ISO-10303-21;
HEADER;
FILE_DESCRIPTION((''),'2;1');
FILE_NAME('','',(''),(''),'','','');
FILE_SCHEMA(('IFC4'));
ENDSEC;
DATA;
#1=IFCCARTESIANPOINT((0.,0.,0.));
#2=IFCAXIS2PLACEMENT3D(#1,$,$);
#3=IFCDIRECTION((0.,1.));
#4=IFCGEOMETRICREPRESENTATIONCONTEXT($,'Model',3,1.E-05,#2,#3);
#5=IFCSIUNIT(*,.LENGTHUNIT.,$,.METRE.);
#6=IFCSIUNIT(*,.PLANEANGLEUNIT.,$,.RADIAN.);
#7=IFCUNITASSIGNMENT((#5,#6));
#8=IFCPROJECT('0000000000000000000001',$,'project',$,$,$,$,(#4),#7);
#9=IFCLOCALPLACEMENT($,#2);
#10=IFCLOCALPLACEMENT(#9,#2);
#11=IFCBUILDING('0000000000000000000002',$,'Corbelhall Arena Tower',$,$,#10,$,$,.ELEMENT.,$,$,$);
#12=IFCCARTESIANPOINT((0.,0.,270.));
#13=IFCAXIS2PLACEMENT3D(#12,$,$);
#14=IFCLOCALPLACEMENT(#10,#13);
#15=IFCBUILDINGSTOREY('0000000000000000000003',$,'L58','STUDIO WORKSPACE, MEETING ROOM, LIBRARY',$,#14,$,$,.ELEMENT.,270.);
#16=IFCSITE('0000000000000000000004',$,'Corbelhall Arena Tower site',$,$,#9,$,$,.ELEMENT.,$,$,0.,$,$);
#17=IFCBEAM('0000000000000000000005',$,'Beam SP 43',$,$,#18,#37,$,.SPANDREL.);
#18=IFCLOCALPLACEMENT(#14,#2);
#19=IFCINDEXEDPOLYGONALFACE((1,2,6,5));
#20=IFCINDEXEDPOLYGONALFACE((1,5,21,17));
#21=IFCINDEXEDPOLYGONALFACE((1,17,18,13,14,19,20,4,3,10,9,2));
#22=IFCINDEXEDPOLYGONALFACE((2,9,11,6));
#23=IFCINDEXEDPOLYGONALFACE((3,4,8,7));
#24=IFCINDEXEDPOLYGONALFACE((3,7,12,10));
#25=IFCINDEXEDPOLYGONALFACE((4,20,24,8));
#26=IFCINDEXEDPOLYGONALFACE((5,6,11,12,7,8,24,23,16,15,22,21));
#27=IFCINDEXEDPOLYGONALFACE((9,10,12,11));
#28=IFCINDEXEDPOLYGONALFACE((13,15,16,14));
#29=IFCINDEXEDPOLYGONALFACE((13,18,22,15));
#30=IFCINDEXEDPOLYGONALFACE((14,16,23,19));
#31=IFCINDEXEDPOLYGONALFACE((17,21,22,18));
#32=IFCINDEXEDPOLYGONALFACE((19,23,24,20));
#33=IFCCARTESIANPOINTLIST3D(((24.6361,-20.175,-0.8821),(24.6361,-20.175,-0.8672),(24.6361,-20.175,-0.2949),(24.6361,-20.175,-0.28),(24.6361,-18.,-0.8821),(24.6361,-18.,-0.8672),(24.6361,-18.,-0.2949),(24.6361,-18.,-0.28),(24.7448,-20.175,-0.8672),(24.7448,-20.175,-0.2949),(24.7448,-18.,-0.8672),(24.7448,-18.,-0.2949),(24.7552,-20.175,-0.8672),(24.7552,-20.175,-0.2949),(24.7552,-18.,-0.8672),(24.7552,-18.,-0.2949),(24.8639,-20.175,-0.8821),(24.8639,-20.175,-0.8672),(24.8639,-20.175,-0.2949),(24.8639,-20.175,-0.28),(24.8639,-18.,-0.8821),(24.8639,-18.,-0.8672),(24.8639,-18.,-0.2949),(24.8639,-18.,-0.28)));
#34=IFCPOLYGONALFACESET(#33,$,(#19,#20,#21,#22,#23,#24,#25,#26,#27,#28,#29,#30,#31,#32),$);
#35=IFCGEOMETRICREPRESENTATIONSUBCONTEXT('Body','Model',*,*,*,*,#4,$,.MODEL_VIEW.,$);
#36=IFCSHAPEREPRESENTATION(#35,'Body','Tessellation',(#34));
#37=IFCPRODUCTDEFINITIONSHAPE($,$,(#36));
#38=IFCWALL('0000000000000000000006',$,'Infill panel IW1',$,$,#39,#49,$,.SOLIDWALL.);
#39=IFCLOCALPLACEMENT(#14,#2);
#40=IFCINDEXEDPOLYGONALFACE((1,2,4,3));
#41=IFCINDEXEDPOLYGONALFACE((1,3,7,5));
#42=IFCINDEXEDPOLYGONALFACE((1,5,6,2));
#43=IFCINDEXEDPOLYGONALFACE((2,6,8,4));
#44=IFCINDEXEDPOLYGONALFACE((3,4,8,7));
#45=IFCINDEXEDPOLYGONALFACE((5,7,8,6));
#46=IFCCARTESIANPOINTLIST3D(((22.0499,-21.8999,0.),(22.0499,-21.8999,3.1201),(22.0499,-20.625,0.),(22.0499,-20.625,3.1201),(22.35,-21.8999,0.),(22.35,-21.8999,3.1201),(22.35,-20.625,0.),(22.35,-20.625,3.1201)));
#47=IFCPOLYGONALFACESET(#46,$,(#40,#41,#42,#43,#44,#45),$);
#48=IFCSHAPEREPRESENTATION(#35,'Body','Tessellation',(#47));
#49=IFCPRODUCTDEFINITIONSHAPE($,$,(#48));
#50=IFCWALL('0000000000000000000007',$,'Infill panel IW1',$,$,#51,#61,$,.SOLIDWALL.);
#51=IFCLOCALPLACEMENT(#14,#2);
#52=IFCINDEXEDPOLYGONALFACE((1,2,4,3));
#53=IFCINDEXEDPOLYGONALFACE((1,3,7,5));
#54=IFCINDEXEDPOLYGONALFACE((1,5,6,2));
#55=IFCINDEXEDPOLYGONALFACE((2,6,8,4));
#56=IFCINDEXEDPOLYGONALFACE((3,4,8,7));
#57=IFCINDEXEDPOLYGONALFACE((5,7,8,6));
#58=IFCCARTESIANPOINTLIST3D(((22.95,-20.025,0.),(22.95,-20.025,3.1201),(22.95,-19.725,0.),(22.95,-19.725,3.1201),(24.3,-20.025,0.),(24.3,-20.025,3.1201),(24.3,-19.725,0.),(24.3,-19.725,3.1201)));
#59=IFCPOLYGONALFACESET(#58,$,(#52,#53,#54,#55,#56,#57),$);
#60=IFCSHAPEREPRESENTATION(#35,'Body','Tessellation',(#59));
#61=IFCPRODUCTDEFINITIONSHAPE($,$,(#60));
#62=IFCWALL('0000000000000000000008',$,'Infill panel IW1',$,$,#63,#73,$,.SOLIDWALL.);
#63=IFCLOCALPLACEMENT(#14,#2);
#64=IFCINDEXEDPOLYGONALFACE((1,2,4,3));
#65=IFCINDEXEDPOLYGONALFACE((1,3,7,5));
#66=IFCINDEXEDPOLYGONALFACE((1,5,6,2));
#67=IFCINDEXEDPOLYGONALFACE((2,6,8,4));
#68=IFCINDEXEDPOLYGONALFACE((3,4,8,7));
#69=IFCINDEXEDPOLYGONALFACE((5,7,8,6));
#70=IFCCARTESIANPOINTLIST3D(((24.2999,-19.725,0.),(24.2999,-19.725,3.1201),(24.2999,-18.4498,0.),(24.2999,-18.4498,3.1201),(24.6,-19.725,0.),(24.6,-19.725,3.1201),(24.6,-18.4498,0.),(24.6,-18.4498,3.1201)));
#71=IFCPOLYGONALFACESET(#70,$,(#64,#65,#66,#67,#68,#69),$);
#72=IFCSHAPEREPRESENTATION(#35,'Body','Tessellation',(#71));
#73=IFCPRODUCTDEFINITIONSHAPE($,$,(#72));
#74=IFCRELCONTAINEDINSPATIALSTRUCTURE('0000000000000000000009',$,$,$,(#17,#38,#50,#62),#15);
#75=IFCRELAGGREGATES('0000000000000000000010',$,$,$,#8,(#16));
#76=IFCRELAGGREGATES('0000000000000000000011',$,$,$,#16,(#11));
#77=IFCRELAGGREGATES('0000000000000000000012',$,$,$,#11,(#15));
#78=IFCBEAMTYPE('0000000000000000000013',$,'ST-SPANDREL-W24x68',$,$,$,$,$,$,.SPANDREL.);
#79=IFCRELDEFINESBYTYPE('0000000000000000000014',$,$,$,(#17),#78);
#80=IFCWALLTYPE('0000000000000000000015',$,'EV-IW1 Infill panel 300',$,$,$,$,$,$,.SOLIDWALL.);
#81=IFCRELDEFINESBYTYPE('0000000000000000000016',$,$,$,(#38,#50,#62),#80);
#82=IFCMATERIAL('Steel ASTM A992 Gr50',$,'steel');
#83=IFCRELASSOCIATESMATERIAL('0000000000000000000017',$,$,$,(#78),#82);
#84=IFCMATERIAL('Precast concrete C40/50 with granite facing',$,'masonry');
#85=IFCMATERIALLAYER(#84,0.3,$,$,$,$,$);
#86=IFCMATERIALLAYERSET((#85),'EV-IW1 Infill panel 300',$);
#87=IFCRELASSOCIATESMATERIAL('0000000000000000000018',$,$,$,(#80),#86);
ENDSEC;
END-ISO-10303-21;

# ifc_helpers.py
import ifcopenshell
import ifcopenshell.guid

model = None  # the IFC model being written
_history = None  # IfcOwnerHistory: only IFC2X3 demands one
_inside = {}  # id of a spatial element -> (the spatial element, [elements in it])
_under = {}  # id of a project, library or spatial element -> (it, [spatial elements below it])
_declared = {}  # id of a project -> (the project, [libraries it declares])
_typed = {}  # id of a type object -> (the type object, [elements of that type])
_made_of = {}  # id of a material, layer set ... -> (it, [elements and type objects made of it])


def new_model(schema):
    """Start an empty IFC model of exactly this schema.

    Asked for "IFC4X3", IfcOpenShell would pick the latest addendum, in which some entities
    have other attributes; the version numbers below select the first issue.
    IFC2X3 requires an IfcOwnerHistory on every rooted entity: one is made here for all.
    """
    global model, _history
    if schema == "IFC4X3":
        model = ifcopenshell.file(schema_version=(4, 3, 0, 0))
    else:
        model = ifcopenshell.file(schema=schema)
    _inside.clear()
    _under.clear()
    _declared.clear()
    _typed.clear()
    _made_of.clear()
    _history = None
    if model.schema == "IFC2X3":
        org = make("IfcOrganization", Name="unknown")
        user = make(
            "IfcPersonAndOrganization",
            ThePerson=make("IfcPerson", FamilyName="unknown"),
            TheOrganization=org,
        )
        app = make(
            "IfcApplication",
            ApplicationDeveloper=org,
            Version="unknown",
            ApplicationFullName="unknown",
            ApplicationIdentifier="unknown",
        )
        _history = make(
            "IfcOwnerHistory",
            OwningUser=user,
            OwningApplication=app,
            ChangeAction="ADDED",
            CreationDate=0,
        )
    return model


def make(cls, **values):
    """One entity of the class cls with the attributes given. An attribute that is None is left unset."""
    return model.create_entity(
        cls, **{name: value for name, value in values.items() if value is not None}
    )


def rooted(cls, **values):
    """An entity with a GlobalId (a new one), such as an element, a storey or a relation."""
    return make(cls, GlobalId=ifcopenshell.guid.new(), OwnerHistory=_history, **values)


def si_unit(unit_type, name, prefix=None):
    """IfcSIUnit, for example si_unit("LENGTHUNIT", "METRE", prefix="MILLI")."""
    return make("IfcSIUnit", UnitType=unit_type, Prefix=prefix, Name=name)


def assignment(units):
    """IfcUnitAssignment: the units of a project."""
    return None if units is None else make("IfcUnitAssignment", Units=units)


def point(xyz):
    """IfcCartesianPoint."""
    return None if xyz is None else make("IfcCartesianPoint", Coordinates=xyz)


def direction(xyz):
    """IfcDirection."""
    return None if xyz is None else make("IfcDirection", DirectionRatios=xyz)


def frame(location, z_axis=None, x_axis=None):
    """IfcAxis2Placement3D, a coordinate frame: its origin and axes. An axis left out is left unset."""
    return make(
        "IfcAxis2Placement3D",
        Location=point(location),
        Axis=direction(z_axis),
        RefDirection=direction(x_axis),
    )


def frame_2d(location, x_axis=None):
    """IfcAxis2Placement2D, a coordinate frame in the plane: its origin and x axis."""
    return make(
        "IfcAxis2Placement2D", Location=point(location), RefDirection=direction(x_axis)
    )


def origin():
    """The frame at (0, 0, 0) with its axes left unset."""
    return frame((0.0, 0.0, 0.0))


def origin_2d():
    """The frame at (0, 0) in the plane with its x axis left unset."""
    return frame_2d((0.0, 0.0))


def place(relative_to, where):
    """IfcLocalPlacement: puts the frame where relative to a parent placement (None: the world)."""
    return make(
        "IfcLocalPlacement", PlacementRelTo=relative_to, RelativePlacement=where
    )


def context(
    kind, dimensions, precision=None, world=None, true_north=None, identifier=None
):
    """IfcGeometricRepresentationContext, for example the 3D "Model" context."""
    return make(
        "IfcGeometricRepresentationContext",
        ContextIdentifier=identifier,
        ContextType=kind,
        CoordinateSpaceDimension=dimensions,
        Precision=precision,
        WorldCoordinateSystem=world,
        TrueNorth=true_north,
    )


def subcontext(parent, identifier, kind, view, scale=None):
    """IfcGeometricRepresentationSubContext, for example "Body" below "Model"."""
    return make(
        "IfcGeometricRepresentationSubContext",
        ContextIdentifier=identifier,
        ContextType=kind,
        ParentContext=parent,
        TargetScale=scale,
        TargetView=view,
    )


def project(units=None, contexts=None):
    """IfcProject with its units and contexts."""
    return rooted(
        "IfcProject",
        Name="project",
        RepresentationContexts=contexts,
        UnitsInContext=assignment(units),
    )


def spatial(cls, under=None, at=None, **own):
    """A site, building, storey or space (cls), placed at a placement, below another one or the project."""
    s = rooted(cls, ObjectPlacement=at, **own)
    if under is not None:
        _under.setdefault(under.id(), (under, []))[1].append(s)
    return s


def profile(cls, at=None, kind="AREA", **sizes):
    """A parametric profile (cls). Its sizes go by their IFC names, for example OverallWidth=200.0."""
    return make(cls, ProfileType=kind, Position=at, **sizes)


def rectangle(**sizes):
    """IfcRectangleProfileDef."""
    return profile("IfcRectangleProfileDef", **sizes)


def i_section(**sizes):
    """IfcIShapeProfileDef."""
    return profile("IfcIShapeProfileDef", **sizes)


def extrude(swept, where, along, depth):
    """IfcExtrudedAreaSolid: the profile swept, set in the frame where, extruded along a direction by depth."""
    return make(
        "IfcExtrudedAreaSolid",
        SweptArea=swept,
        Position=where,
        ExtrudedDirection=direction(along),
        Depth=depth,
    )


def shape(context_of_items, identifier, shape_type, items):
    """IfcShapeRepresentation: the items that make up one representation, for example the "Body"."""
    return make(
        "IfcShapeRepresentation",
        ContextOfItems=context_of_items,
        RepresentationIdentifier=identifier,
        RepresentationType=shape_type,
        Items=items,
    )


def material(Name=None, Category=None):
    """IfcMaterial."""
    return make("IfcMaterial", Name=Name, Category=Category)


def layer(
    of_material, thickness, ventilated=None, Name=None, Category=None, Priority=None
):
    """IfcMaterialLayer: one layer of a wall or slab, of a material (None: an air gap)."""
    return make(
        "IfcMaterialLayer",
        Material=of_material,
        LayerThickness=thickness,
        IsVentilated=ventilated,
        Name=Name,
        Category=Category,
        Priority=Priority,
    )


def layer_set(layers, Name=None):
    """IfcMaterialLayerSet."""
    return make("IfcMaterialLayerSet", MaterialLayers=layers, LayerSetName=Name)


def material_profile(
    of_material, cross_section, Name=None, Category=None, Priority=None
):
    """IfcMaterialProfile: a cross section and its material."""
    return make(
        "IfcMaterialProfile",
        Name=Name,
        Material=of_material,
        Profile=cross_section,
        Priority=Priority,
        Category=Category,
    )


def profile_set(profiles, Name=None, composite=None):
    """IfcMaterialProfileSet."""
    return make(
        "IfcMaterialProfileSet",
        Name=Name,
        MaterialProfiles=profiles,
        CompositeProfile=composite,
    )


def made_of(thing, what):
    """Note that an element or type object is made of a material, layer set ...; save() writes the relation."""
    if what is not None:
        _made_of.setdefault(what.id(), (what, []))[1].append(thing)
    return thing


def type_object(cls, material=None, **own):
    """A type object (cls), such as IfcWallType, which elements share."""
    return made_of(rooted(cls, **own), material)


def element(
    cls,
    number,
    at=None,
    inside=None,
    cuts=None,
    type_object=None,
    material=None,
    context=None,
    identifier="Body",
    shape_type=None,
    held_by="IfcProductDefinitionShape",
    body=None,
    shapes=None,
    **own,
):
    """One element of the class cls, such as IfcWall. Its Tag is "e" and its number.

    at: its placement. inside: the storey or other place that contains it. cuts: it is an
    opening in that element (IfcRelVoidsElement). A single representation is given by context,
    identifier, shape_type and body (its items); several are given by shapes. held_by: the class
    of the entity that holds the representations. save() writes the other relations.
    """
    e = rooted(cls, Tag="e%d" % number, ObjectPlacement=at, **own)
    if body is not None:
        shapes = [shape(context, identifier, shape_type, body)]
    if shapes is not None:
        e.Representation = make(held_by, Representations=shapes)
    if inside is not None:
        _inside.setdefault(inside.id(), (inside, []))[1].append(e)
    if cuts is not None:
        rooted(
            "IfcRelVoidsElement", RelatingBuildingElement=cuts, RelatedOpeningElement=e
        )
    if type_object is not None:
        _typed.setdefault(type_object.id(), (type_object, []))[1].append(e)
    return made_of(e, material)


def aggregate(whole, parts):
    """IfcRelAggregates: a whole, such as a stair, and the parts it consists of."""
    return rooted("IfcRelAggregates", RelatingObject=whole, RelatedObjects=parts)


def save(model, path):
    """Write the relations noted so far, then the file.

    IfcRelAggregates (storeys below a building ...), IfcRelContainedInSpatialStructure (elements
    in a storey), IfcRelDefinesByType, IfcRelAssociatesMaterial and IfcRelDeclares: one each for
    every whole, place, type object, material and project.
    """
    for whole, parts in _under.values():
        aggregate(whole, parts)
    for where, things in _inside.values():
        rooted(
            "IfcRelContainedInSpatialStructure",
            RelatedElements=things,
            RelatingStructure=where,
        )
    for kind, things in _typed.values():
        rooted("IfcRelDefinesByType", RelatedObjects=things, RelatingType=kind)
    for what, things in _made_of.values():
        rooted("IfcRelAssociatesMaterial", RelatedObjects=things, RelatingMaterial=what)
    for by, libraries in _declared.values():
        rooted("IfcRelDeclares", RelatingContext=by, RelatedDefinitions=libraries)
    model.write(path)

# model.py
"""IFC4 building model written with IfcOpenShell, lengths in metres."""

from ifc_helpers import new_model, si_unit, direction, frame, frame_2d, origin, origin_2d, place, context, subcontext, project, spatial, rectangle, i_section, extrude, material, layer, layer_set, material_profile, profile_set, type_object, element, save


model = new_model("IFC4")

# Units and contexts
model_context = context("Model", 3, precision=1e-05, world=origin(), true_north=direction((0.0, 1.0)))
body_context = subcontext(model_context, "Body", "Model", "MODEL_VIEW")
ifc_project = project(units=[si_unit("LENGTHUNIT", "METRE"), si_unit("PLANEANGLEUNIT", "RADIAN")], contexts=[model_context])

# Site, building, storey
site_placement = place(None, origin())
site = spatial("IfcSite", under=ifc_project, at=site_placement, Name="Corbelhall Arena Tower site", CompositionType="ELEMENT", RefElevation=0.0)
building_placement = place(site_placement, origin())
building = spatial("IfcBuilding", under=site, at=building_placement, Name="Corbelhall Arena Tower", CompositionType="ELEMENT")
storey_placement = place(building_placement, frame((0.0, 0.0, 270.0)))
storey = spatial("IfcBuildingStorey", under=building, at=storey_placement, Name="L58", Description="STUDIO WORKSPACE, MEETING ROOM, LIBRARY", CompositionType="ELEMENT", Elevation=270.0)

# Beam
ifc_material_1 = material(Name="Steel ASTM A992 Gr50", Category="steel")
ifc_material_profile_1 = material_profile(ifc_material_1, i_section(OverallWidth=0.2278, OverallDepth=0.6021, WebThickness=0.0105, FlangeThickness=0.0149, at=origin_2d()))
ifc_profile_set_1 = profile_set([ifc_material_profile_1], Name="Steel ASTM A992 Gr50")
beam_type = type_object("IfcBeamType", Name="ST-SPANDREL-W24x68", PredefinedType="SPANDREL", material=ifc_profile_set_1)
beam_1_placement = place(storey_placement, frame((24.75, -18.0, -0.5811), z_axis=(0.0, -1.0, 0.0), x_axis=(1.0, 0.0, 0.0)))
element("IfcBeam", 1, at=beam_1_placement, inside=storey, type_object=beam_type, Name="Beam SP 43", PredefinedType="SPANDREL", context=body_context, shape_type="SweptSolid", body=[
    extrude(i_section(OverallWidth=0.2278, OverallDepth=0.6021, WebThickness=0.0105, FlangeThickness=0.0149, at=origin_2d()), origin(), (0.0, 0.0, 1.0), 2.175),
])

# Shared definitions
ifc_material_2 = material(Name="Precast concrete C40/50 with granite facing", Category="masonry")
ifc_layer_1 = layer(ifc_material_2, 0.3)
ifc_layer_set_1 = layer_set([ifc_layer_1], Name="EV-IW1 Infill panel 300")
wall_type_1 = type_object("IfcWallType", Name="EV-IW1 Infill panel 300", PredefinedType="SOLIDWALL", material=ifc_layer_set_1)

# Walls
wall_1_placement = place(storey_placement, frame((22.2, -21.8999, 0.0), z_axis=(0.0, 0.0, 1.0), x_axis=(0.0, 1.0, 0.0)))
element("IfcWall", 2, at=wall_1_placement, inside=storey, type_object=wall_type_1, Name="Infill panel IW1", PredefinedType="SOLIDWALL", context=body_context, shape_type="SweptSolid", body=[
    extrude(rectangle(XDim=1.2749, YDim=0.3, at=frame_2d((0.6375, 0.0))), origin(), (0.0, 0.0, 1.0), 3.1201),
])
wall_2_placement = place(storey_placement, frame((22.95, -19.875, 0.0), z_axis=(0.0, 0.0, 1.0), x_axis=(1.0, 0.0, 0.0)))
element("IfcWall", 3, at=wall_2_placement, inside=storey, type_object=wall_type_1, Name="Infill panel IW1", PredefinedType="SOLIDWALL", context=body_context, shape_type="SweptSolid", body=[
    extrude(rectangle(XDim=1.3501, YDim=0.3, at=frame_2d((0.675, 0.0))), origin(), (0.0, 0.0, 1.0), 3.1201),
])
wall_3_placement = place(storey_placement, frame((24.45, -19.7251, 0.0), z_axis=(0.0, 0.0, 1.0), x_axis=(0.0, 1.0, 0.0)))
element("IfcWall", 4, at=wall_3_placement, inside=storey, type_object=wall_type_1, Name="Infill panel IW1", PredefinedType="SOLIDWALL", context=body_context, shape_type="SweptSolid", body=[
    extrude(rectangle(XDim=1.2751, YDim=0.3, at=frame_2d((0.6377, 0.0))), origin(), (0.0, 0.0, 1.0), 3.1201),
])

save(model, "model.ifc")
